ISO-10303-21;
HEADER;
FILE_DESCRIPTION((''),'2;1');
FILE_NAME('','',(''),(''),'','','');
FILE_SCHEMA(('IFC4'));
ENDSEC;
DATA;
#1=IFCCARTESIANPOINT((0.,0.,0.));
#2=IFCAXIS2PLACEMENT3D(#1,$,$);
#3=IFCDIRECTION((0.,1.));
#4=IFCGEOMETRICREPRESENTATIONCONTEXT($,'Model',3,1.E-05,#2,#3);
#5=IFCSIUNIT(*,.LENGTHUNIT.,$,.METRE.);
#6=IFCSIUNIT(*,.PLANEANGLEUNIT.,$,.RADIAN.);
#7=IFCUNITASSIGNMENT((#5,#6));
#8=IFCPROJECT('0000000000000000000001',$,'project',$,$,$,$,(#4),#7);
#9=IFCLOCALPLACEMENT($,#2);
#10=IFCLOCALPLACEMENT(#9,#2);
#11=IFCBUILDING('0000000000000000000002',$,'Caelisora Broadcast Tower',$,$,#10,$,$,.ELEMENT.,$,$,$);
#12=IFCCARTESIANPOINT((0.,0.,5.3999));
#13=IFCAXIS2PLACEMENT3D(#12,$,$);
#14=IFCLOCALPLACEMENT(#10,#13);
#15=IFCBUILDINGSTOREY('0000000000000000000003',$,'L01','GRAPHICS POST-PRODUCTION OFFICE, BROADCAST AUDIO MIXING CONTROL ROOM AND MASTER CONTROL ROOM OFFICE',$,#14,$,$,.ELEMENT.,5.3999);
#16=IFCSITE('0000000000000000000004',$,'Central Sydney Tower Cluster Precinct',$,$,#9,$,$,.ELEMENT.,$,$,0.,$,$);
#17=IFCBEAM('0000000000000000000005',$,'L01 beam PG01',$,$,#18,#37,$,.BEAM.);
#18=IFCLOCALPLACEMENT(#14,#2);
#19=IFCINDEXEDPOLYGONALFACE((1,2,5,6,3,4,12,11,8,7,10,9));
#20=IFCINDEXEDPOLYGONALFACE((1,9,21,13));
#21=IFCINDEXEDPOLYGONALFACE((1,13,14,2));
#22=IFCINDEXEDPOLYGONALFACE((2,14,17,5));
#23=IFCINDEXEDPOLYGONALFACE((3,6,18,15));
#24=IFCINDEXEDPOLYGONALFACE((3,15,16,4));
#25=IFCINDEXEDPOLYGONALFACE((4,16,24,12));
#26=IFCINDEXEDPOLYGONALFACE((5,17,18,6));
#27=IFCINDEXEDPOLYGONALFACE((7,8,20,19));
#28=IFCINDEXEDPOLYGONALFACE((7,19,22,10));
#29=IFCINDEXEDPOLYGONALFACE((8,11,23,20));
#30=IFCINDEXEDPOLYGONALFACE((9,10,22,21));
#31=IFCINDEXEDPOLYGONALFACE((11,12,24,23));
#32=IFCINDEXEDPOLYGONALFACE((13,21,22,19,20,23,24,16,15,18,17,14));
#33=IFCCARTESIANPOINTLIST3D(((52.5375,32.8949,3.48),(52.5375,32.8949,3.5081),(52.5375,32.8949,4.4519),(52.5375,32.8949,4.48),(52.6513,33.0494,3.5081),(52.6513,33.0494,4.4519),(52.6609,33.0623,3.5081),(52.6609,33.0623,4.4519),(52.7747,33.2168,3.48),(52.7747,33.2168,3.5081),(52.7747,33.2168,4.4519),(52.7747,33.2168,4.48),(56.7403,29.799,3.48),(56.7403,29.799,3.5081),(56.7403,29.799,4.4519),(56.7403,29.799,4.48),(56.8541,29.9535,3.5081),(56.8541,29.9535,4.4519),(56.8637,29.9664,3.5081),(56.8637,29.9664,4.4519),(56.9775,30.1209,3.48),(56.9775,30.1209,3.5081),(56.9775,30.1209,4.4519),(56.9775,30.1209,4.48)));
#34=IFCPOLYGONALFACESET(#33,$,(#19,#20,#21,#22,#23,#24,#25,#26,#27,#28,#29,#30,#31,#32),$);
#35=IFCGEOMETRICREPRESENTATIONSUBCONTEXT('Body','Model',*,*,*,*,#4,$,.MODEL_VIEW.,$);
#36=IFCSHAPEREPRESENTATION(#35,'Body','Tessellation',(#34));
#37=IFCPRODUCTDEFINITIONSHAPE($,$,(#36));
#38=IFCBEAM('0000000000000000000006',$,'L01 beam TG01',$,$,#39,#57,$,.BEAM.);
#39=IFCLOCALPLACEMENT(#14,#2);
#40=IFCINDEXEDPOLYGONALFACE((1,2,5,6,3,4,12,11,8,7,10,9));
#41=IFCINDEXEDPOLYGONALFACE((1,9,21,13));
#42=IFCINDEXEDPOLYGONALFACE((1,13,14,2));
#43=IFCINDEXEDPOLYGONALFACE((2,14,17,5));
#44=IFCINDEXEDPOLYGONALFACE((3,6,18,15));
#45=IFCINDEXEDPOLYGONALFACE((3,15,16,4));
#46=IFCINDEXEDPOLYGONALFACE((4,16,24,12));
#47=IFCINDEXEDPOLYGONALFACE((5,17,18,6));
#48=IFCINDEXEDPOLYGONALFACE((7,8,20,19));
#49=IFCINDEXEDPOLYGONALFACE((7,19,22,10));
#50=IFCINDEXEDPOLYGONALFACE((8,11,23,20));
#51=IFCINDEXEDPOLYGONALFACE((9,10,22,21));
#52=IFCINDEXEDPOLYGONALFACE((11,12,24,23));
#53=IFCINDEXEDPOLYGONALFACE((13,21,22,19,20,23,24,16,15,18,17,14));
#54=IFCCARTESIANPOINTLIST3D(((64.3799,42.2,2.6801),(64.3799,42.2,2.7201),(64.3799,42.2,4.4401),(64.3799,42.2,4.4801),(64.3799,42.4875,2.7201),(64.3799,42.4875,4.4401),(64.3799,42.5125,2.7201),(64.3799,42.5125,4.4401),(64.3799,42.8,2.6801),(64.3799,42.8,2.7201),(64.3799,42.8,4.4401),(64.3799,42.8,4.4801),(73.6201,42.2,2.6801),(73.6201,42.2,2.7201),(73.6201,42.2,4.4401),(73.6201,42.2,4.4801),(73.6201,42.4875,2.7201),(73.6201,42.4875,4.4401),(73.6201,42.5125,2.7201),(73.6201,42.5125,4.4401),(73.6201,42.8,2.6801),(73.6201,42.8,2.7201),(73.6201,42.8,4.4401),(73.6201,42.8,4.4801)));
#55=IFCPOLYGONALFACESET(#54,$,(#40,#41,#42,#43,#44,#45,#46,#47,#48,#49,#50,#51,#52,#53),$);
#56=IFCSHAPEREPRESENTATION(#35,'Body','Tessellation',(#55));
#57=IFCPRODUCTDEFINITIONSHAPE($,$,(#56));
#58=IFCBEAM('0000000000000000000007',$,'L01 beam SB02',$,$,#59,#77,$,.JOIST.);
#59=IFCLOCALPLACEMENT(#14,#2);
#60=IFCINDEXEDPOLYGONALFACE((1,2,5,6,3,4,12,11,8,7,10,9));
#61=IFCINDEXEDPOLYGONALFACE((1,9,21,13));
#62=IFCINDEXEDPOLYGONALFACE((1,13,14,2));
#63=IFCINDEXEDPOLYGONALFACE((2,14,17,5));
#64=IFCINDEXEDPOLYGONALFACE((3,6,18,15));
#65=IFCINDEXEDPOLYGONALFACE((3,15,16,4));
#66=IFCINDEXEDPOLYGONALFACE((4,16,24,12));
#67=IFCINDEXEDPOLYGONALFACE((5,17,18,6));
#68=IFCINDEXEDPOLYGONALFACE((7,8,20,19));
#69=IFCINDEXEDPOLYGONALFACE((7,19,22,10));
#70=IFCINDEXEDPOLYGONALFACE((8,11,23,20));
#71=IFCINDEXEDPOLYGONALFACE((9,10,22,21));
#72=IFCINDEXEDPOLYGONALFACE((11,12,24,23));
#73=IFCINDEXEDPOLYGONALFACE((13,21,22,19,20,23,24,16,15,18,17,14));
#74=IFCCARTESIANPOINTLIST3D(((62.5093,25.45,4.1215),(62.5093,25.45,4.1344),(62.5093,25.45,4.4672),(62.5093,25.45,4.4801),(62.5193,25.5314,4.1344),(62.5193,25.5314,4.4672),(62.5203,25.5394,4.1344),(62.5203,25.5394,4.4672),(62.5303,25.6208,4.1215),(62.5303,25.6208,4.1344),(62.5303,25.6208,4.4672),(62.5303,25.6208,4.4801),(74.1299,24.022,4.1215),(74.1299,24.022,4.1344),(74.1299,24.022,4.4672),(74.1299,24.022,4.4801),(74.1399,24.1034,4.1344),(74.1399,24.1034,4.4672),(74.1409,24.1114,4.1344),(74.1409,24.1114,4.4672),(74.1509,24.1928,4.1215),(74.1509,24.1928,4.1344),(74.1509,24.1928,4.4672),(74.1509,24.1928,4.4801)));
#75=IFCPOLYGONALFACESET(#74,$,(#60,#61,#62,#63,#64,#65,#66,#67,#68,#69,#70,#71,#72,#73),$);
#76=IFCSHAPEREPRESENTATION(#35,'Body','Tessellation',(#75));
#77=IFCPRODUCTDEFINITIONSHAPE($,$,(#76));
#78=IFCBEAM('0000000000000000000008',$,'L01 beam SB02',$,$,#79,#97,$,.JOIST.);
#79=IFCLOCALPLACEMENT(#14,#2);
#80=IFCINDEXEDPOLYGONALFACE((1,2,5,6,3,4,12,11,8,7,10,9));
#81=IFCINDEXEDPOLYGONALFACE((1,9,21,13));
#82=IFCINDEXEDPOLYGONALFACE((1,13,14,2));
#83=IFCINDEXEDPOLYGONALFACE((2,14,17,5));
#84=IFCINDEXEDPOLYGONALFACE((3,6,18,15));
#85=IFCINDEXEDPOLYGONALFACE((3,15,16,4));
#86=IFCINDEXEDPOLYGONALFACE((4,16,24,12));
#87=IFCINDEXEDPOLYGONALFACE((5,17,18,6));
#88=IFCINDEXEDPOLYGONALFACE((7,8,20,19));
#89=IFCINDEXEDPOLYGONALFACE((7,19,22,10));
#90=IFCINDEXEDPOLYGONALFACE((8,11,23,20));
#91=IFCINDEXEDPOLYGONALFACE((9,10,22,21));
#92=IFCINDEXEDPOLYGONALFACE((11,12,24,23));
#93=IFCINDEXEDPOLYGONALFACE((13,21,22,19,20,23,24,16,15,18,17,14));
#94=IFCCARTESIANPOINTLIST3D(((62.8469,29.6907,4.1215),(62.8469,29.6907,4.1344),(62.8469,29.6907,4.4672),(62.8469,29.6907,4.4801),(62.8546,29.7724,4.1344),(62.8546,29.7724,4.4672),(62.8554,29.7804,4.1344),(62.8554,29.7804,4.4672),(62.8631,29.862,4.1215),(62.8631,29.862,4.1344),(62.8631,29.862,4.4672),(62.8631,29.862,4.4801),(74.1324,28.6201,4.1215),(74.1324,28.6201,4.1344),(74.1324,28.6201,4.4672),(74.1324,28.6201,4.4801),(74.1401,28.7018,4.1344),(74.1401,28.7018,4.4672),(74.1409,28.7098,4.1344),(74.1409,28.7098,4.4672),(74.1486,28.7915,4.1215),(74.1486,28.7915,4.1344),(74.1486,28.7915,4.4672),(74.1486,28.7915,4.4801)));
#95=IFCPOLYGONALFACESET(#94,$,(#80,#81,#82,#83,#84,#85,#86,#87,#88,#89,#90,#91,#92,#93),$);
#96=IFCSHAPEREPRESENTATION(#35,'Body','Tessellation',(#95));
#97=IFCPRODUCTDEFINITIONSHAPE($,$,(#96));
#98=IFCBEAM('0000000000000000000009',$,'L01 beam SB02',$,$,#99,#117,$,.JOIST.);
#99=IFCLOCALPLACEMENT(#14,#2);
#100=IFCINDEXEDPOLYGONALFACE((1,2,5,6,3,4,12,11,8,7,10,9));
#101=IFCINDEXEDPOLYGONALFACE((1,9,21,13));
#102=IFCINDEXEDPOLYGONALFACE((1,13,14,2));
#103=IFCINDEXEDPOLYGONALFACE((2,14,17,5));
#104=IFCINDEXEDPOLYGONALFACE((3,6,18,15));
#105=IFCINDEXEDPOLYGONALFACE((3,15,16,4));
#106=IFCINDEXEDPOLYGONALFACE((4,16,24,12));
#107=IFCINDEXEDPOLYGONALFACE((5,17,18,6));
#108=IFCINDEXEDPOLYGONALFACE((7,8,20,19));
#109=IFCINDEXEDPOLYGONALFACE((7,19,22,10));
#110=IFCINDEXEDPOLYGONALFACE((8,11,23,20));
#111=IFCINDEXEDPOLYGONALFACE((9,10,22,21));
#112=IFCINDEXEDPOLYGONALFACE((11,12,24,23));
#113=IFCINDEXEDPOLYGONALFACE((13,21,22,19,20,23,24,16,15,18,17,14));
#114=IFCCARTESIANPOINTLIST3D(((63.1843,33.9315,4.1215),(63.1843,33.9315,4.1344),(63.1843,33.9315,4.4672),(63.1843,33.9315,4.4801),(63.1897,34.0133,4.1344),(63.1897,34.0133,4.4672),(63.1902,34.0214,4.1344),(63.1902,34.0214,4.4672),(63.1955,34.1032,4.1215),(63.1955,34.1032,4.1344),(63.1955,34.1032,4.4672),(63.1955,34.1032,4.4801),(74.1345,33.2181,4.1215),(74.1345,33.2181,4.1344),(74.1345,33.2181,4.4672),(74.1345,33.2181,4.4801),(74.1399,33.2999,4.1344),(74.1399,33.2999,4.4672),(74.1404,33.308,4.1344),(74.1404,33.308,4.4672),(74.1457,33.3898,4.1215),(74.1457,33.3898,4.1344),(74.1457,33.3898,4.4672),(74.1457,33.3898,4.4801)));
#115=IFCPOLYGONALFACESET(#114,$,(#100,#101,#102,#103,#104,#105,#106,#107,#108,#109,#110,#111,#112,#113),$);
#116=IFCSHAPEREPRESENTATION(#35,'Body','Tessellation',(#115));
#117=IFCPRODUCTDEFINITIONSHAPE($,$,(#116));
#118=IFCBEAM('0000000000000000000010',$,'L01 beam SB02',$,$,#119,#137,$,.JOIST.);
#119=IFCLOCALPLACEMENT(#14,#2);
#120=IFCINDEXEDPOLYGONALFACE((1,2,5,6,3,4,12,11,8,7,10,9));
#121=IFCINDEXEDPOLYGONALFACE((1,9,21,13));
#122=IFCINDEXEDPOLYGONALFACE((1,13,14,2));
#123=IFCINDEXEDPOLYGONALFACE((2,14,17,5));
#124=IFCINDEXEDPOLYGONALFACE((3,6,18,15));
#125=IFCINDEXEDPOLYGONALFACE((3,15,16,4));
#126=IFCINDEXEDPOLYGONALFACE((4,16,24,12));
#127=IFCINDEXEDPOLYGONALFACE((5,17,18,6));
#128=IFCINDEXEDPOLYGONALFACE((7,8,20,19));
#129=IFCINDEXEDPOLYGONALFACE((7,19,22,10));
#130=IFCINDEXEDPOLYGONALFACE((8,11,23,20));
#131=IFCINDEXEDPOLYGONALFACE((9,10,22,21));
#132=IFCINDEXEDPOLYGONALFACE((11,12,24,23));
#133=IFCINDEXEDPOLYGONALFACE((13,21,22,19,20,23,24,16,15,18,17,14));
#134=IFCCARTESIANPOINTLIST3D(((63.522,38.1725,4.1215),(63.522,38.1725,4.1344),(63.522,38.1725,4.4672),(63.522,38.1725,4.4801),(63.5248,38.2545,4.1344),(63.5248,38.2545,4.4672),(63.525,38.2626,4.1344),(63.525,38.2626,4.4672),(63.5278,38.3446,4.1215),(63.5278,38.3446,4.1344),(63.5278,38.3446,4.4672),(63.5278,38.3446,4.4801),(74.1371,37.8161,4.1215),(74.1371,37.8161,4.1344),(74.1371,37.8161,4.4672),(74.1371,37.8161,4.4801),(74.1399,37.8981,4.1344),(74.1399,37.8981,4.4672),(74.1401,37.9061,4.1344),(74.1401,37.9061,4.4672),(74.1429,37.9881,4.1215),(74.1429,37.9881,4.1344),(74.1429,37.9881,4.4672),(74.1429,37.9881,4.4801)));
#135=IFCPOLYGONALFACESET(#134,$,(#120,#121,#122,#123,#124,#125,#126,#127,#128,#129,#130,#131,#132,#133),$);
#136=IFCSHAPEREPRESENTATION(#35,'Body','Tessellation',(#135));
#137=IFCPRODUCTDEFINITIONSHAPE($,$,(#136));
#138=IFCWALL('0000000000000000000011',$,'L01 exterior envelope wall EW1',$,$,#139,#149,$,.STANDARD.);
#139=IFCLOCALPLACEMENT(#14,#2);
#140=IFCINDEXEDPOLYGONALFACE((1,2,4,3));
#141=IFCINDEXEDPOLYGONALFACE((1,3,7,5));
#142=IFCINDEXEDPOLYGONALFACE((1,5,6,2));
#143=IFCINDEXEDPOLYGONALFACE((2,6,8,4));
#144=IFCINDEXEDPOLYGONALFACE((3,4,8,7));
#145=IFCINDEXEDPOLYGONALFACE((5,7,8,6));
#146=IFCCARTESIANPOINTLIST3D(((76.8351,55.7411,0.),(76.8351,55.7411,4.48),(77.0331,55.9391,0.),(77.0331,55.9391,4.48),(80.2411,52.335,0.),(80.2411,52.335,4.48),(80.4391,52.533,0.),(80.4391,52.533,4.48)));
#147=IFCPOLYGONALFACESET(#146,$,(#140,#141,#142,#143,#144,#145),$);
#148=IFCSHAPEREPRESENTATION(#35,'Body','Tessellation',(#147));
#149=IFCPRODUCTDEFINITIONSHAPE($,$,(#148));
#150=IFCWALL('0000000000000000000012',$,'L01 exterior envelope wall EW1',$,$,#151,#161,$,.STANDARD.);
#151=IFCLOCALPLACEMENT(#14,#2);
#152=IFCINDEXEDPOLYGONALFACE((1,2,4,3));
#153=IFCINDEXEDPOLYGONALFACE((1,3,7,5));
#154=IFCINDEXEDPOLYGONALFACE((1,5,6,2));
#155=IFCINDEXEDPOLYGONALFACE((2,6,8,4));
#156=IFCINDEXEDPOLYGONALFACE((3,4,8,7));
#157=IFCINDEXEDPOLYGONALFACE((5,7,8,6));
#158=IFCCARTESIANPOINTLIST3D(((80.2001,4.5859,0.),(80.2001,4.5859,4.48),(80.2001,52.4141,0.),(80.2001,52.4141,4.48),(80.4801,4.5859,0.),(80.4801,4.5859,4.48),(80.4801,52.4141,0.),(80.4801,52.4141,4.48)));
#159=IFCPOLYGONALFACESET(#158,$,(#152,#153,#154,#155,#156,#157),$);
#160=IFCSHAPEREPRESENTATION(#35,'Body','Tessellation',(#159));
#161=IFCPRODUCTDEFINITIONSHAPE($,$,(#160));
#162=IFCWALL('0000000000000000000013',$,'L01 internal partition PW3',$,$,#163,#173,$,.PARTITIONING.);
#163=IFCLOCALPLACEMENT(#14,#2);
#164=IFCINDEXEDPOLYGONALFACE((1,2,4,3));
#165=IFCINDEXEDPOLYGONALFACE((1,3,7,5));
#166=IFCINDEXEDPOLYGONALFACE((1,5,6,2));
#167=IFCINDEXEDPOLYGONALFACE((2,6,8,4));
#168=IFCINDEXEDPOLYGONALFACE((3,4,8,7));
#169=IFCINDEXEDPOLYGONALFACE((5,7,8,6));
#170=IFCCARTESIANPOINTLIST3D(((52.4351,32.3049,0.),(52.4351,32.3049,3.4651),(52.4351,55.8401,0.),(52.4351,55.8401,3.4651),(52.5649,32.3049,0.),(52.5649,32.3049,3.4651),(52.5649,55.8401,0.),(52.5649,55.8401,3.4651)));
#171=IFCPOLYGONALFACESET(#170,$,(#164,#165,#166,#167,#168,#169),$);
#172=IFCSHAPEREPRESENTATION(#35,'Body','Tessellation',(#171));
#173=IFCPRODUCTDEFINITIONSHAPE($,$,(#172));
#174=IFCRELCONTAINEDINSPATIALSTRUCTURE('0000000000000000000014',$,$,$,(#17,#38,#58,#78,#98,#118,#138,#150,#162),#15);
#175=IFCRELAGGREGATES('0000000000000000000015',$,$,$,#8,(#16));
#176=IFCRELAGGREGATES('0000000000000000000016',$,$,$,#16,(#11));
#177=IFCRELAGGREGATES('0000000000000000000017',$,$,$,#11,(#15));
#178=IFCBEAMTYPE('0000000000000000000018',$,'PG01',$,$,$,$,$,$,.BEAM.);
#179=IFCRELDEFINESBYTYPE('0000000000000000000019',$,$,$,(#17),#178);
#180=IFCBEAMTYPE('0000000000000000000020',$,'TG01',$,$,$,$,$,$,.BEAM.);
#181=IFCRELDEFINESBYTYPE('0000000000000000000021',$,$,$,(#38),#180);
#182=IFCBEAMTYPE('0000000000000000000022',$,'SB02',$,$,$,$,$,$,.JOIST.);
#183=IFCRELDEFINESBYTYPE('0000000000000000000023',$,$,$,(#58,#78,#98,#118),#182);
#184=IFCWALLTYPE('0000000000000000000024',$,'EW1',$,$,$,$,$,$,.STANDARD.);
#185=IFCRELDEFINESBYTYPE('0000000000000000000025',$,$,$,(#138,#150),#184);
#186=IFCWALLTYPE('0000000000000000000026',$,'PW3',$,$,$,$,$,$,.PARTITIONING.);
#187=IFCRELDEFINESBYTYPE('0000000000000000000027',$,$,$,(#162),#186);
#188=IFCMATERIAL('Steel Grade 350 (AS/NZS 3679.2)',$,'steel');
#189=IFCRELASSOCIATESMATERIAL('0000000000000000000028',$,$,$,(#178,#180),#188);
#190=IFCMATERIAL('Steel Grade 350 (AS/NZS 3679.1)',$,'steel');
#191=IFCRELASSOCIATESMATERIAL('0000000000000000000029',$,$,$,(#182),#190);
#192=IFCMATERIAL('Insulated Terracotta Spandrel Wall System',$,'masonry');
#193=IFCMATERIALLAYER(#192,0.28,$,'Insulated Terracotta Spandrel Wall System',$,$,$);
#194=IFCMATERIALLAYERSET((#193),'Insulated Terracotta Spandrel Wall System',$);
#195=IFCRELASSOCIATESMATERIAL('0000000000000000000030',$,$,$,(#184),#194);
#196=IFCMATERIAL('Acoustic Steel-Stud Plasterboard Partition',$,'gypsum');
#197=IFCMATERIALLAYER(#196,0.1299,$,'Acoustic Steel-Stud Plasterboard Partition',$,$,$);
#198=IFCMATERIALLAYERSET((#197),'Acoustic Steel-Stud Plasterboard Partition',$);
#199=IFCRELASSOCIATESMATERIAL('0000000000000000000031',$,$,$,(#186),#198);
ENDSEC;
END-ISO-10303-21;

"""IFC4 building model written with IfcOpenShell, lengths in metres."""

from ifc_helpers import new_model, si_unit, direction, frame, frame_2d, origin, origin_2d, place, context, subcontext, project, spatial, rectangle, i_section, extrude, source, transform, mapped, material, layer, layer_set, material_profile, profile_set, type_object, type_shapes, element, save


model = new_model("IFC4")

# Units and contexts
model_context = context("Model", 3, precision=1e-05, world=origin(), true_north=direction((0.0, 1.0)))
body_context = subcontext(model_context, "Body", "Model", "MODEL_VIEW")
ifc_project = project(units=[si_unit("LENGTHUNIT", "METRE"), si_unit("PLANEANGLEUNIT", "RADIAN")], contexts=[model_context])

# Site, building, storey
site_placement = place(None, origin())
site = spatial("IfcSite", under=ifc_project, at=site_placement, Name="Central Sydney Tower Cluster Precinct", CompositionType="ELEMENT", RefElevation=0.0)
building_placement = place(site_placement, origin())
building = spatial("IfcBuilding", under=site, at=building_placement, Name="Caelisora Broadcast Tower", CompositionType="ELEMENT")
storey_placement = place(building_placement, frame((0.0, 0.0, 5.3999)))
storey = spatial("IfcBuildingStorey", under=building, at=storey_placement, Name="L01", Description="GRAPHICS POST-PRODUCTION OFFICE, BROADCAST AUDIO MIXING CONTROL ROOM AND MASTER CONTROL ROOM OFFICE", CompositionType="ELEMENT", Elevation=5.3999)

# Beams
ifc_material_1 = material(Name="Steel Grade 350 (AS/NZS 3679.1)", Category="steel")
ifc_material_2 = material(Name="Steel Grade 350 (AS/NZS 3679.2)", Category="steel")
ifc_material_profile_1 = material_profile(ifc_material_2, i_section(OverallWidth=0.3999, OverallDepth=1.0, WebThickness=0.0161, FlangeThickness=0.0281, at=origin_2d()), Name="Steel Grade 350 (AS/NZS 3679.2)")
ifc_profile_set_1 = profile_set([ifc_material_profile_1], Name="Steel Grade 350 (AS/NZS 3679.2)")
beam_type_1 = type_object("IfcBeamType", Name="PG01", PredefinedType="BEAM", material=ifc_profile_set_1)
shared_shape_1 = source(origin(), body_context, "Body", "SweptSolid", [
    extrude(i_section(OverallWidth=0.3999, OverallDepth=1.0, WebThickness=0.0161, FlangeThickness=0.0281, at=origin_2d()), origin(), (0.0, 0.0, 1.0), 5.22),
])
beam_1_placement = place(storey_placement, frame((56.8589, 29.96, 3.98), z_axis=(-0.805139, 0.593086, 0.0), x_axis=(-0.593086, -0.805139, 0.0)))
element("IfcBeam", 1, at=beam_1_placement, inside=storey, type_object=beam_type_1, Name="L01 beam PG01", PredefinedType="BEAM", context=body_context, shape_type="MappedRepresentation", body=[
    mapped(shared_shape_1, transform((0.0, 0.0, 0.0), scale=1.0)),
])
ifc_material_profile_2 = material_profile(ifc_material_2, i_section(OverallWidth=0.6001, OverallDepth=1.8, WebThickness=0.0249, FlangeThickness=0.04, at=origin_2d()), Name="Steel Grade 350 (AS/NZS 3679.2)")
ifc_profile_set_2 = profile_set([ifc_material_profile_2], Name="Steel Grade 350 (AS/NZS 3679.2)")
beam_type_2 = type_object("IfcBeamType", Name="TG01", PredefinedType="BEAM", material=ifc_profile_set_2)
shared_shape_2 = source(origin(), body_context, "Body", "SweptSolid", [
    extrude(i_section(OverallWidth=0.6001, OverallDepth=1.8, WebThickness=0.0249, FlangeThickness=0.04, at=origin_2d()), origin(), (0.0, 0.0, 1.0), 9.2402),
])
type_shapes(beam_type_2, [shared_shape_2])
beam_2_placement = place(storey_placement, frame((64.3799, 42.5, 3.5801), z_axis=(1.0, 0.0, 0.0), x_axis=(0.0, 1.0, 0.0)))
element("IfcBeam", 2, at=beam_2_placement, inside=storey, type_object=beam_type_2, Name="L01 beam TG01", PredefinedType="BEAM", context=body_context, shape_type="MappedRepresentation", body=[
    mapped(shared_shape_2, transform((0.0, 0.0, 0.0), scale=1.0)),
])
ifc_material_profile_3 = material_profile(ifc_material_1, i_section(OverallWidth=0.1721, OverallDepth=0.3586, WebThickness=0.0081, FlangeThickness=0.0129, at=origin_2d()), Name="Steel Grade 350 (AS/NZS 3679.1)")
ifc_profile_set_3 = profile_set([ifc_material_profile_3], Name="Steel Grade 350 (AS/NZS 3679.1)")
beam_type_3 = type_object("IfcBeamType", Name="SB02", PredefinedType="JOIST", material=ifc_profile_set_3)
shared_shape_3 = source(origin(), body_context, "Body", "SweptSolid", [
    extrude(i_section(OverallWidth=0.1721, OverallDepth=0.3586, WebThickness=0.0081, FlangeThickness=0.0129, at=origin_2d()), origin(), (0.0, 0.0, 1.0), 11.708),
])
beam_3_placement = place(storey_placement, frame((62.5198, 25.5354, 4.3008), z_axis=(0.992534, -0.121966, 0.0), x_axis=(0.121966, 0.992534, 0.0)))
element("IfcBeam", 3, at=beam_3_placement, inside=storey, type_object=beam_type_3, Name="L01 beam SB02", PredefinedType="JOIST", context=body_context, shape_type="MappedRepresentation", body=[
    mapped(shared_shape_3, transform((0.0, 0.0, 0.0), scale=1.0)),
])
shared_shape_4 = source(origin(), body_context, "Body", "SweptSolid", [
    extrude(i_section(OverallWidth=0.1721, OverallDepth=0.3586, WebThickness=0.0081, FlangeThickness=0.0129, at=origin_2d()), origin(), (0.0, 0.0, 1.0), 11.3362),
])
beam_4_placement = place(storey_placement, frame((62.855, 29.7764, 4.3008), z_axis=(0.995531, -0.094438, 0.0), x_axis=(0.094438, 0.995531, 0.0)))
element("IfcBeam", 4, at=beam_4_placement, inside=storey, type_object=beam_type_3, Name="L01 beam SB02", PredefinedType="JOIST", context=body_context, shape_type="MappedRepresentation", body=[
    mapped(shared_shape_4, transform((0.0, 0.0, 0.0), scale=1.0)),
])
shared_shape_5 = source(origin(), body_context, "Body", "SweptSolid", [
    extrude(i_section(OverallWidth=0.1721, OverallDepth=0.3586, WebThickness=0.0081, FlangeThickness=0.0129, at=origin_2d()), origin(), (0.0, 0.0, 1.0), 10.9734),
])
beam_5_placement = place(storey_placement, frame((63.1899, 34.0173, 4.3008), z_axis=(0.997885, -0.06501, 0.0), x_axis=(0.06501, 0.997885, 0.0)))
element("IfcBeam", 5, at=beam_5_placement, inside=storey, type_object=beam_type_3, Name="L01 beam SB02", PredefinedType="JOIST", context=body_context, shape_type="MappedRepresentation", body=[
    mapped(shared_shape_5, transform((0.0, 0.0, 0.0), scale=1.0)),
])
shared_shape_6 = source(origin(), body_context, "Body", "SweptSolid", [
    extrude(i_section(OverallWidth=0.1721, OverallDepth=0.3586, WebThickness=0.0081, FlangeThickness=0.0129, at=origin_2d()), origin(), (0.0, 0.0, 1.0), 10.6211),
])
type_shapes(beam_type_3, [shared_shape_3, shared_shape_4, shared_shape_5, shared_shape_6])
beam_6_placement = place(storey_placement, frame((63.5249, 38.2585, 4.3008), z_axis=(0.999437, -0.033561, 0.0), x_axis=(0.033561, 0.999437, 0.0)))
element("IfcBeam", 6, at=beam_6_placement, inside=storey, type_object=beam_type_3, Name="L01 beam SB02", PredefinedType="JOIST", context=body_context, shape_type="MappedRepresentation", body=[
    mapped(shared_shape_6, transform((0.0, 0.0, 0.0), scale=1.0)),
])

# Walls
ifc_material_3 = material(Name="Insulated Terracotta Spandrel Wall System", Category="masonry")
ifc_layer_1 = layer(ifc_material_3, 0.28, Name="Insulated Terracotta Spandrel Wall System")
ifc_layer_set_1 = layer_set([ifc_layer_1], Name="Insulated Terracotta Spandrel Wall System")
wall_type_1 = type_object("IfcWallType", Name="EW1", PredefinedType="STANDARD", material=ifc_layer_set_1)
wall_1_placement = place(storey_placement, frame((76.9341, 55.8401, 0.0), z_axis=(0.0, 0.0, 1.0), x_axis=(0.707107, -0.707107, 0.0)))
element("IfcWall", 7, at=wall_1_placement, inside=storey, type_object=wall_type_1, Name="L01 exterior envelope wall EW1", PredefinedType="STANDARD", context=body_context, shape_type="SweptSolid", body=[
    extrude(rectangle(XDim=4.8169, YDim=0.28, at=frame_2d((2.4084, 0.0))), origin(), (0.0, 0.0, 1.0), 4.48),
])
wall_2_placement = place(storey_placement, frame((80.3401, 52.4141, 0.0), z_axis=(0.0, 0.0, 1.0), x_axis=(0.0, -1.0, 0.0)))
element("IfcWall", 8, at=wall_2_placement, inside=storey, type_object=wall_type_1, Name="L01 exterior envelope wall EW1", PredefinedType="STANDARD", context=body_context, shape_type="SweptSolid", body=[
    extrude(rectangle(XDim=47.8281, YDim=0.28, at=frame_2d((23.9141, 0.0))), origin(), (0.0, 0.0, 1.0), 4.48),
])
ifc_material_4 = material(Name="Acoustic Steel-Stud Plasterboard Partition", Category="gypsum")
ifc_layer_2 = layer(ifc_material_4, 0.1299, Name="Acoustic Steel-Stud Plasterboard Partition")
ifc_layer_set_2 = layer_set([ifc_layer_2], Name="Acoustic Steel-Stud Plasterboard Partition")
wall_type_2 = type_object("IfcWallType", Name="PW3", PredefinedType="PARTITIONING", material=ifc_layer_set_2)
wall_3_placement = place(storey_placement, frame((52.5, 32.3049, 0.0), z_axis=(0.0, 0.0, 1.0), x_axis=(0.0, 1.0, 0.0)))
element("IfcWall", 9, at=wall_3_placement, inside=storey, type_object=wall_type_2, Name="L01 internal partition PW3", PredefinedType="PARTITIONING", context=body_context, shape_type="SweptSolid", body=[
    extrude(rectangle(XDim=23.5352, YDim=0.1299, at=frame_2d((11.7676, 0.0))), origin(), (0.0, 0.0, 1.0), 3.4651),
])

save(model, "model.ifc")
